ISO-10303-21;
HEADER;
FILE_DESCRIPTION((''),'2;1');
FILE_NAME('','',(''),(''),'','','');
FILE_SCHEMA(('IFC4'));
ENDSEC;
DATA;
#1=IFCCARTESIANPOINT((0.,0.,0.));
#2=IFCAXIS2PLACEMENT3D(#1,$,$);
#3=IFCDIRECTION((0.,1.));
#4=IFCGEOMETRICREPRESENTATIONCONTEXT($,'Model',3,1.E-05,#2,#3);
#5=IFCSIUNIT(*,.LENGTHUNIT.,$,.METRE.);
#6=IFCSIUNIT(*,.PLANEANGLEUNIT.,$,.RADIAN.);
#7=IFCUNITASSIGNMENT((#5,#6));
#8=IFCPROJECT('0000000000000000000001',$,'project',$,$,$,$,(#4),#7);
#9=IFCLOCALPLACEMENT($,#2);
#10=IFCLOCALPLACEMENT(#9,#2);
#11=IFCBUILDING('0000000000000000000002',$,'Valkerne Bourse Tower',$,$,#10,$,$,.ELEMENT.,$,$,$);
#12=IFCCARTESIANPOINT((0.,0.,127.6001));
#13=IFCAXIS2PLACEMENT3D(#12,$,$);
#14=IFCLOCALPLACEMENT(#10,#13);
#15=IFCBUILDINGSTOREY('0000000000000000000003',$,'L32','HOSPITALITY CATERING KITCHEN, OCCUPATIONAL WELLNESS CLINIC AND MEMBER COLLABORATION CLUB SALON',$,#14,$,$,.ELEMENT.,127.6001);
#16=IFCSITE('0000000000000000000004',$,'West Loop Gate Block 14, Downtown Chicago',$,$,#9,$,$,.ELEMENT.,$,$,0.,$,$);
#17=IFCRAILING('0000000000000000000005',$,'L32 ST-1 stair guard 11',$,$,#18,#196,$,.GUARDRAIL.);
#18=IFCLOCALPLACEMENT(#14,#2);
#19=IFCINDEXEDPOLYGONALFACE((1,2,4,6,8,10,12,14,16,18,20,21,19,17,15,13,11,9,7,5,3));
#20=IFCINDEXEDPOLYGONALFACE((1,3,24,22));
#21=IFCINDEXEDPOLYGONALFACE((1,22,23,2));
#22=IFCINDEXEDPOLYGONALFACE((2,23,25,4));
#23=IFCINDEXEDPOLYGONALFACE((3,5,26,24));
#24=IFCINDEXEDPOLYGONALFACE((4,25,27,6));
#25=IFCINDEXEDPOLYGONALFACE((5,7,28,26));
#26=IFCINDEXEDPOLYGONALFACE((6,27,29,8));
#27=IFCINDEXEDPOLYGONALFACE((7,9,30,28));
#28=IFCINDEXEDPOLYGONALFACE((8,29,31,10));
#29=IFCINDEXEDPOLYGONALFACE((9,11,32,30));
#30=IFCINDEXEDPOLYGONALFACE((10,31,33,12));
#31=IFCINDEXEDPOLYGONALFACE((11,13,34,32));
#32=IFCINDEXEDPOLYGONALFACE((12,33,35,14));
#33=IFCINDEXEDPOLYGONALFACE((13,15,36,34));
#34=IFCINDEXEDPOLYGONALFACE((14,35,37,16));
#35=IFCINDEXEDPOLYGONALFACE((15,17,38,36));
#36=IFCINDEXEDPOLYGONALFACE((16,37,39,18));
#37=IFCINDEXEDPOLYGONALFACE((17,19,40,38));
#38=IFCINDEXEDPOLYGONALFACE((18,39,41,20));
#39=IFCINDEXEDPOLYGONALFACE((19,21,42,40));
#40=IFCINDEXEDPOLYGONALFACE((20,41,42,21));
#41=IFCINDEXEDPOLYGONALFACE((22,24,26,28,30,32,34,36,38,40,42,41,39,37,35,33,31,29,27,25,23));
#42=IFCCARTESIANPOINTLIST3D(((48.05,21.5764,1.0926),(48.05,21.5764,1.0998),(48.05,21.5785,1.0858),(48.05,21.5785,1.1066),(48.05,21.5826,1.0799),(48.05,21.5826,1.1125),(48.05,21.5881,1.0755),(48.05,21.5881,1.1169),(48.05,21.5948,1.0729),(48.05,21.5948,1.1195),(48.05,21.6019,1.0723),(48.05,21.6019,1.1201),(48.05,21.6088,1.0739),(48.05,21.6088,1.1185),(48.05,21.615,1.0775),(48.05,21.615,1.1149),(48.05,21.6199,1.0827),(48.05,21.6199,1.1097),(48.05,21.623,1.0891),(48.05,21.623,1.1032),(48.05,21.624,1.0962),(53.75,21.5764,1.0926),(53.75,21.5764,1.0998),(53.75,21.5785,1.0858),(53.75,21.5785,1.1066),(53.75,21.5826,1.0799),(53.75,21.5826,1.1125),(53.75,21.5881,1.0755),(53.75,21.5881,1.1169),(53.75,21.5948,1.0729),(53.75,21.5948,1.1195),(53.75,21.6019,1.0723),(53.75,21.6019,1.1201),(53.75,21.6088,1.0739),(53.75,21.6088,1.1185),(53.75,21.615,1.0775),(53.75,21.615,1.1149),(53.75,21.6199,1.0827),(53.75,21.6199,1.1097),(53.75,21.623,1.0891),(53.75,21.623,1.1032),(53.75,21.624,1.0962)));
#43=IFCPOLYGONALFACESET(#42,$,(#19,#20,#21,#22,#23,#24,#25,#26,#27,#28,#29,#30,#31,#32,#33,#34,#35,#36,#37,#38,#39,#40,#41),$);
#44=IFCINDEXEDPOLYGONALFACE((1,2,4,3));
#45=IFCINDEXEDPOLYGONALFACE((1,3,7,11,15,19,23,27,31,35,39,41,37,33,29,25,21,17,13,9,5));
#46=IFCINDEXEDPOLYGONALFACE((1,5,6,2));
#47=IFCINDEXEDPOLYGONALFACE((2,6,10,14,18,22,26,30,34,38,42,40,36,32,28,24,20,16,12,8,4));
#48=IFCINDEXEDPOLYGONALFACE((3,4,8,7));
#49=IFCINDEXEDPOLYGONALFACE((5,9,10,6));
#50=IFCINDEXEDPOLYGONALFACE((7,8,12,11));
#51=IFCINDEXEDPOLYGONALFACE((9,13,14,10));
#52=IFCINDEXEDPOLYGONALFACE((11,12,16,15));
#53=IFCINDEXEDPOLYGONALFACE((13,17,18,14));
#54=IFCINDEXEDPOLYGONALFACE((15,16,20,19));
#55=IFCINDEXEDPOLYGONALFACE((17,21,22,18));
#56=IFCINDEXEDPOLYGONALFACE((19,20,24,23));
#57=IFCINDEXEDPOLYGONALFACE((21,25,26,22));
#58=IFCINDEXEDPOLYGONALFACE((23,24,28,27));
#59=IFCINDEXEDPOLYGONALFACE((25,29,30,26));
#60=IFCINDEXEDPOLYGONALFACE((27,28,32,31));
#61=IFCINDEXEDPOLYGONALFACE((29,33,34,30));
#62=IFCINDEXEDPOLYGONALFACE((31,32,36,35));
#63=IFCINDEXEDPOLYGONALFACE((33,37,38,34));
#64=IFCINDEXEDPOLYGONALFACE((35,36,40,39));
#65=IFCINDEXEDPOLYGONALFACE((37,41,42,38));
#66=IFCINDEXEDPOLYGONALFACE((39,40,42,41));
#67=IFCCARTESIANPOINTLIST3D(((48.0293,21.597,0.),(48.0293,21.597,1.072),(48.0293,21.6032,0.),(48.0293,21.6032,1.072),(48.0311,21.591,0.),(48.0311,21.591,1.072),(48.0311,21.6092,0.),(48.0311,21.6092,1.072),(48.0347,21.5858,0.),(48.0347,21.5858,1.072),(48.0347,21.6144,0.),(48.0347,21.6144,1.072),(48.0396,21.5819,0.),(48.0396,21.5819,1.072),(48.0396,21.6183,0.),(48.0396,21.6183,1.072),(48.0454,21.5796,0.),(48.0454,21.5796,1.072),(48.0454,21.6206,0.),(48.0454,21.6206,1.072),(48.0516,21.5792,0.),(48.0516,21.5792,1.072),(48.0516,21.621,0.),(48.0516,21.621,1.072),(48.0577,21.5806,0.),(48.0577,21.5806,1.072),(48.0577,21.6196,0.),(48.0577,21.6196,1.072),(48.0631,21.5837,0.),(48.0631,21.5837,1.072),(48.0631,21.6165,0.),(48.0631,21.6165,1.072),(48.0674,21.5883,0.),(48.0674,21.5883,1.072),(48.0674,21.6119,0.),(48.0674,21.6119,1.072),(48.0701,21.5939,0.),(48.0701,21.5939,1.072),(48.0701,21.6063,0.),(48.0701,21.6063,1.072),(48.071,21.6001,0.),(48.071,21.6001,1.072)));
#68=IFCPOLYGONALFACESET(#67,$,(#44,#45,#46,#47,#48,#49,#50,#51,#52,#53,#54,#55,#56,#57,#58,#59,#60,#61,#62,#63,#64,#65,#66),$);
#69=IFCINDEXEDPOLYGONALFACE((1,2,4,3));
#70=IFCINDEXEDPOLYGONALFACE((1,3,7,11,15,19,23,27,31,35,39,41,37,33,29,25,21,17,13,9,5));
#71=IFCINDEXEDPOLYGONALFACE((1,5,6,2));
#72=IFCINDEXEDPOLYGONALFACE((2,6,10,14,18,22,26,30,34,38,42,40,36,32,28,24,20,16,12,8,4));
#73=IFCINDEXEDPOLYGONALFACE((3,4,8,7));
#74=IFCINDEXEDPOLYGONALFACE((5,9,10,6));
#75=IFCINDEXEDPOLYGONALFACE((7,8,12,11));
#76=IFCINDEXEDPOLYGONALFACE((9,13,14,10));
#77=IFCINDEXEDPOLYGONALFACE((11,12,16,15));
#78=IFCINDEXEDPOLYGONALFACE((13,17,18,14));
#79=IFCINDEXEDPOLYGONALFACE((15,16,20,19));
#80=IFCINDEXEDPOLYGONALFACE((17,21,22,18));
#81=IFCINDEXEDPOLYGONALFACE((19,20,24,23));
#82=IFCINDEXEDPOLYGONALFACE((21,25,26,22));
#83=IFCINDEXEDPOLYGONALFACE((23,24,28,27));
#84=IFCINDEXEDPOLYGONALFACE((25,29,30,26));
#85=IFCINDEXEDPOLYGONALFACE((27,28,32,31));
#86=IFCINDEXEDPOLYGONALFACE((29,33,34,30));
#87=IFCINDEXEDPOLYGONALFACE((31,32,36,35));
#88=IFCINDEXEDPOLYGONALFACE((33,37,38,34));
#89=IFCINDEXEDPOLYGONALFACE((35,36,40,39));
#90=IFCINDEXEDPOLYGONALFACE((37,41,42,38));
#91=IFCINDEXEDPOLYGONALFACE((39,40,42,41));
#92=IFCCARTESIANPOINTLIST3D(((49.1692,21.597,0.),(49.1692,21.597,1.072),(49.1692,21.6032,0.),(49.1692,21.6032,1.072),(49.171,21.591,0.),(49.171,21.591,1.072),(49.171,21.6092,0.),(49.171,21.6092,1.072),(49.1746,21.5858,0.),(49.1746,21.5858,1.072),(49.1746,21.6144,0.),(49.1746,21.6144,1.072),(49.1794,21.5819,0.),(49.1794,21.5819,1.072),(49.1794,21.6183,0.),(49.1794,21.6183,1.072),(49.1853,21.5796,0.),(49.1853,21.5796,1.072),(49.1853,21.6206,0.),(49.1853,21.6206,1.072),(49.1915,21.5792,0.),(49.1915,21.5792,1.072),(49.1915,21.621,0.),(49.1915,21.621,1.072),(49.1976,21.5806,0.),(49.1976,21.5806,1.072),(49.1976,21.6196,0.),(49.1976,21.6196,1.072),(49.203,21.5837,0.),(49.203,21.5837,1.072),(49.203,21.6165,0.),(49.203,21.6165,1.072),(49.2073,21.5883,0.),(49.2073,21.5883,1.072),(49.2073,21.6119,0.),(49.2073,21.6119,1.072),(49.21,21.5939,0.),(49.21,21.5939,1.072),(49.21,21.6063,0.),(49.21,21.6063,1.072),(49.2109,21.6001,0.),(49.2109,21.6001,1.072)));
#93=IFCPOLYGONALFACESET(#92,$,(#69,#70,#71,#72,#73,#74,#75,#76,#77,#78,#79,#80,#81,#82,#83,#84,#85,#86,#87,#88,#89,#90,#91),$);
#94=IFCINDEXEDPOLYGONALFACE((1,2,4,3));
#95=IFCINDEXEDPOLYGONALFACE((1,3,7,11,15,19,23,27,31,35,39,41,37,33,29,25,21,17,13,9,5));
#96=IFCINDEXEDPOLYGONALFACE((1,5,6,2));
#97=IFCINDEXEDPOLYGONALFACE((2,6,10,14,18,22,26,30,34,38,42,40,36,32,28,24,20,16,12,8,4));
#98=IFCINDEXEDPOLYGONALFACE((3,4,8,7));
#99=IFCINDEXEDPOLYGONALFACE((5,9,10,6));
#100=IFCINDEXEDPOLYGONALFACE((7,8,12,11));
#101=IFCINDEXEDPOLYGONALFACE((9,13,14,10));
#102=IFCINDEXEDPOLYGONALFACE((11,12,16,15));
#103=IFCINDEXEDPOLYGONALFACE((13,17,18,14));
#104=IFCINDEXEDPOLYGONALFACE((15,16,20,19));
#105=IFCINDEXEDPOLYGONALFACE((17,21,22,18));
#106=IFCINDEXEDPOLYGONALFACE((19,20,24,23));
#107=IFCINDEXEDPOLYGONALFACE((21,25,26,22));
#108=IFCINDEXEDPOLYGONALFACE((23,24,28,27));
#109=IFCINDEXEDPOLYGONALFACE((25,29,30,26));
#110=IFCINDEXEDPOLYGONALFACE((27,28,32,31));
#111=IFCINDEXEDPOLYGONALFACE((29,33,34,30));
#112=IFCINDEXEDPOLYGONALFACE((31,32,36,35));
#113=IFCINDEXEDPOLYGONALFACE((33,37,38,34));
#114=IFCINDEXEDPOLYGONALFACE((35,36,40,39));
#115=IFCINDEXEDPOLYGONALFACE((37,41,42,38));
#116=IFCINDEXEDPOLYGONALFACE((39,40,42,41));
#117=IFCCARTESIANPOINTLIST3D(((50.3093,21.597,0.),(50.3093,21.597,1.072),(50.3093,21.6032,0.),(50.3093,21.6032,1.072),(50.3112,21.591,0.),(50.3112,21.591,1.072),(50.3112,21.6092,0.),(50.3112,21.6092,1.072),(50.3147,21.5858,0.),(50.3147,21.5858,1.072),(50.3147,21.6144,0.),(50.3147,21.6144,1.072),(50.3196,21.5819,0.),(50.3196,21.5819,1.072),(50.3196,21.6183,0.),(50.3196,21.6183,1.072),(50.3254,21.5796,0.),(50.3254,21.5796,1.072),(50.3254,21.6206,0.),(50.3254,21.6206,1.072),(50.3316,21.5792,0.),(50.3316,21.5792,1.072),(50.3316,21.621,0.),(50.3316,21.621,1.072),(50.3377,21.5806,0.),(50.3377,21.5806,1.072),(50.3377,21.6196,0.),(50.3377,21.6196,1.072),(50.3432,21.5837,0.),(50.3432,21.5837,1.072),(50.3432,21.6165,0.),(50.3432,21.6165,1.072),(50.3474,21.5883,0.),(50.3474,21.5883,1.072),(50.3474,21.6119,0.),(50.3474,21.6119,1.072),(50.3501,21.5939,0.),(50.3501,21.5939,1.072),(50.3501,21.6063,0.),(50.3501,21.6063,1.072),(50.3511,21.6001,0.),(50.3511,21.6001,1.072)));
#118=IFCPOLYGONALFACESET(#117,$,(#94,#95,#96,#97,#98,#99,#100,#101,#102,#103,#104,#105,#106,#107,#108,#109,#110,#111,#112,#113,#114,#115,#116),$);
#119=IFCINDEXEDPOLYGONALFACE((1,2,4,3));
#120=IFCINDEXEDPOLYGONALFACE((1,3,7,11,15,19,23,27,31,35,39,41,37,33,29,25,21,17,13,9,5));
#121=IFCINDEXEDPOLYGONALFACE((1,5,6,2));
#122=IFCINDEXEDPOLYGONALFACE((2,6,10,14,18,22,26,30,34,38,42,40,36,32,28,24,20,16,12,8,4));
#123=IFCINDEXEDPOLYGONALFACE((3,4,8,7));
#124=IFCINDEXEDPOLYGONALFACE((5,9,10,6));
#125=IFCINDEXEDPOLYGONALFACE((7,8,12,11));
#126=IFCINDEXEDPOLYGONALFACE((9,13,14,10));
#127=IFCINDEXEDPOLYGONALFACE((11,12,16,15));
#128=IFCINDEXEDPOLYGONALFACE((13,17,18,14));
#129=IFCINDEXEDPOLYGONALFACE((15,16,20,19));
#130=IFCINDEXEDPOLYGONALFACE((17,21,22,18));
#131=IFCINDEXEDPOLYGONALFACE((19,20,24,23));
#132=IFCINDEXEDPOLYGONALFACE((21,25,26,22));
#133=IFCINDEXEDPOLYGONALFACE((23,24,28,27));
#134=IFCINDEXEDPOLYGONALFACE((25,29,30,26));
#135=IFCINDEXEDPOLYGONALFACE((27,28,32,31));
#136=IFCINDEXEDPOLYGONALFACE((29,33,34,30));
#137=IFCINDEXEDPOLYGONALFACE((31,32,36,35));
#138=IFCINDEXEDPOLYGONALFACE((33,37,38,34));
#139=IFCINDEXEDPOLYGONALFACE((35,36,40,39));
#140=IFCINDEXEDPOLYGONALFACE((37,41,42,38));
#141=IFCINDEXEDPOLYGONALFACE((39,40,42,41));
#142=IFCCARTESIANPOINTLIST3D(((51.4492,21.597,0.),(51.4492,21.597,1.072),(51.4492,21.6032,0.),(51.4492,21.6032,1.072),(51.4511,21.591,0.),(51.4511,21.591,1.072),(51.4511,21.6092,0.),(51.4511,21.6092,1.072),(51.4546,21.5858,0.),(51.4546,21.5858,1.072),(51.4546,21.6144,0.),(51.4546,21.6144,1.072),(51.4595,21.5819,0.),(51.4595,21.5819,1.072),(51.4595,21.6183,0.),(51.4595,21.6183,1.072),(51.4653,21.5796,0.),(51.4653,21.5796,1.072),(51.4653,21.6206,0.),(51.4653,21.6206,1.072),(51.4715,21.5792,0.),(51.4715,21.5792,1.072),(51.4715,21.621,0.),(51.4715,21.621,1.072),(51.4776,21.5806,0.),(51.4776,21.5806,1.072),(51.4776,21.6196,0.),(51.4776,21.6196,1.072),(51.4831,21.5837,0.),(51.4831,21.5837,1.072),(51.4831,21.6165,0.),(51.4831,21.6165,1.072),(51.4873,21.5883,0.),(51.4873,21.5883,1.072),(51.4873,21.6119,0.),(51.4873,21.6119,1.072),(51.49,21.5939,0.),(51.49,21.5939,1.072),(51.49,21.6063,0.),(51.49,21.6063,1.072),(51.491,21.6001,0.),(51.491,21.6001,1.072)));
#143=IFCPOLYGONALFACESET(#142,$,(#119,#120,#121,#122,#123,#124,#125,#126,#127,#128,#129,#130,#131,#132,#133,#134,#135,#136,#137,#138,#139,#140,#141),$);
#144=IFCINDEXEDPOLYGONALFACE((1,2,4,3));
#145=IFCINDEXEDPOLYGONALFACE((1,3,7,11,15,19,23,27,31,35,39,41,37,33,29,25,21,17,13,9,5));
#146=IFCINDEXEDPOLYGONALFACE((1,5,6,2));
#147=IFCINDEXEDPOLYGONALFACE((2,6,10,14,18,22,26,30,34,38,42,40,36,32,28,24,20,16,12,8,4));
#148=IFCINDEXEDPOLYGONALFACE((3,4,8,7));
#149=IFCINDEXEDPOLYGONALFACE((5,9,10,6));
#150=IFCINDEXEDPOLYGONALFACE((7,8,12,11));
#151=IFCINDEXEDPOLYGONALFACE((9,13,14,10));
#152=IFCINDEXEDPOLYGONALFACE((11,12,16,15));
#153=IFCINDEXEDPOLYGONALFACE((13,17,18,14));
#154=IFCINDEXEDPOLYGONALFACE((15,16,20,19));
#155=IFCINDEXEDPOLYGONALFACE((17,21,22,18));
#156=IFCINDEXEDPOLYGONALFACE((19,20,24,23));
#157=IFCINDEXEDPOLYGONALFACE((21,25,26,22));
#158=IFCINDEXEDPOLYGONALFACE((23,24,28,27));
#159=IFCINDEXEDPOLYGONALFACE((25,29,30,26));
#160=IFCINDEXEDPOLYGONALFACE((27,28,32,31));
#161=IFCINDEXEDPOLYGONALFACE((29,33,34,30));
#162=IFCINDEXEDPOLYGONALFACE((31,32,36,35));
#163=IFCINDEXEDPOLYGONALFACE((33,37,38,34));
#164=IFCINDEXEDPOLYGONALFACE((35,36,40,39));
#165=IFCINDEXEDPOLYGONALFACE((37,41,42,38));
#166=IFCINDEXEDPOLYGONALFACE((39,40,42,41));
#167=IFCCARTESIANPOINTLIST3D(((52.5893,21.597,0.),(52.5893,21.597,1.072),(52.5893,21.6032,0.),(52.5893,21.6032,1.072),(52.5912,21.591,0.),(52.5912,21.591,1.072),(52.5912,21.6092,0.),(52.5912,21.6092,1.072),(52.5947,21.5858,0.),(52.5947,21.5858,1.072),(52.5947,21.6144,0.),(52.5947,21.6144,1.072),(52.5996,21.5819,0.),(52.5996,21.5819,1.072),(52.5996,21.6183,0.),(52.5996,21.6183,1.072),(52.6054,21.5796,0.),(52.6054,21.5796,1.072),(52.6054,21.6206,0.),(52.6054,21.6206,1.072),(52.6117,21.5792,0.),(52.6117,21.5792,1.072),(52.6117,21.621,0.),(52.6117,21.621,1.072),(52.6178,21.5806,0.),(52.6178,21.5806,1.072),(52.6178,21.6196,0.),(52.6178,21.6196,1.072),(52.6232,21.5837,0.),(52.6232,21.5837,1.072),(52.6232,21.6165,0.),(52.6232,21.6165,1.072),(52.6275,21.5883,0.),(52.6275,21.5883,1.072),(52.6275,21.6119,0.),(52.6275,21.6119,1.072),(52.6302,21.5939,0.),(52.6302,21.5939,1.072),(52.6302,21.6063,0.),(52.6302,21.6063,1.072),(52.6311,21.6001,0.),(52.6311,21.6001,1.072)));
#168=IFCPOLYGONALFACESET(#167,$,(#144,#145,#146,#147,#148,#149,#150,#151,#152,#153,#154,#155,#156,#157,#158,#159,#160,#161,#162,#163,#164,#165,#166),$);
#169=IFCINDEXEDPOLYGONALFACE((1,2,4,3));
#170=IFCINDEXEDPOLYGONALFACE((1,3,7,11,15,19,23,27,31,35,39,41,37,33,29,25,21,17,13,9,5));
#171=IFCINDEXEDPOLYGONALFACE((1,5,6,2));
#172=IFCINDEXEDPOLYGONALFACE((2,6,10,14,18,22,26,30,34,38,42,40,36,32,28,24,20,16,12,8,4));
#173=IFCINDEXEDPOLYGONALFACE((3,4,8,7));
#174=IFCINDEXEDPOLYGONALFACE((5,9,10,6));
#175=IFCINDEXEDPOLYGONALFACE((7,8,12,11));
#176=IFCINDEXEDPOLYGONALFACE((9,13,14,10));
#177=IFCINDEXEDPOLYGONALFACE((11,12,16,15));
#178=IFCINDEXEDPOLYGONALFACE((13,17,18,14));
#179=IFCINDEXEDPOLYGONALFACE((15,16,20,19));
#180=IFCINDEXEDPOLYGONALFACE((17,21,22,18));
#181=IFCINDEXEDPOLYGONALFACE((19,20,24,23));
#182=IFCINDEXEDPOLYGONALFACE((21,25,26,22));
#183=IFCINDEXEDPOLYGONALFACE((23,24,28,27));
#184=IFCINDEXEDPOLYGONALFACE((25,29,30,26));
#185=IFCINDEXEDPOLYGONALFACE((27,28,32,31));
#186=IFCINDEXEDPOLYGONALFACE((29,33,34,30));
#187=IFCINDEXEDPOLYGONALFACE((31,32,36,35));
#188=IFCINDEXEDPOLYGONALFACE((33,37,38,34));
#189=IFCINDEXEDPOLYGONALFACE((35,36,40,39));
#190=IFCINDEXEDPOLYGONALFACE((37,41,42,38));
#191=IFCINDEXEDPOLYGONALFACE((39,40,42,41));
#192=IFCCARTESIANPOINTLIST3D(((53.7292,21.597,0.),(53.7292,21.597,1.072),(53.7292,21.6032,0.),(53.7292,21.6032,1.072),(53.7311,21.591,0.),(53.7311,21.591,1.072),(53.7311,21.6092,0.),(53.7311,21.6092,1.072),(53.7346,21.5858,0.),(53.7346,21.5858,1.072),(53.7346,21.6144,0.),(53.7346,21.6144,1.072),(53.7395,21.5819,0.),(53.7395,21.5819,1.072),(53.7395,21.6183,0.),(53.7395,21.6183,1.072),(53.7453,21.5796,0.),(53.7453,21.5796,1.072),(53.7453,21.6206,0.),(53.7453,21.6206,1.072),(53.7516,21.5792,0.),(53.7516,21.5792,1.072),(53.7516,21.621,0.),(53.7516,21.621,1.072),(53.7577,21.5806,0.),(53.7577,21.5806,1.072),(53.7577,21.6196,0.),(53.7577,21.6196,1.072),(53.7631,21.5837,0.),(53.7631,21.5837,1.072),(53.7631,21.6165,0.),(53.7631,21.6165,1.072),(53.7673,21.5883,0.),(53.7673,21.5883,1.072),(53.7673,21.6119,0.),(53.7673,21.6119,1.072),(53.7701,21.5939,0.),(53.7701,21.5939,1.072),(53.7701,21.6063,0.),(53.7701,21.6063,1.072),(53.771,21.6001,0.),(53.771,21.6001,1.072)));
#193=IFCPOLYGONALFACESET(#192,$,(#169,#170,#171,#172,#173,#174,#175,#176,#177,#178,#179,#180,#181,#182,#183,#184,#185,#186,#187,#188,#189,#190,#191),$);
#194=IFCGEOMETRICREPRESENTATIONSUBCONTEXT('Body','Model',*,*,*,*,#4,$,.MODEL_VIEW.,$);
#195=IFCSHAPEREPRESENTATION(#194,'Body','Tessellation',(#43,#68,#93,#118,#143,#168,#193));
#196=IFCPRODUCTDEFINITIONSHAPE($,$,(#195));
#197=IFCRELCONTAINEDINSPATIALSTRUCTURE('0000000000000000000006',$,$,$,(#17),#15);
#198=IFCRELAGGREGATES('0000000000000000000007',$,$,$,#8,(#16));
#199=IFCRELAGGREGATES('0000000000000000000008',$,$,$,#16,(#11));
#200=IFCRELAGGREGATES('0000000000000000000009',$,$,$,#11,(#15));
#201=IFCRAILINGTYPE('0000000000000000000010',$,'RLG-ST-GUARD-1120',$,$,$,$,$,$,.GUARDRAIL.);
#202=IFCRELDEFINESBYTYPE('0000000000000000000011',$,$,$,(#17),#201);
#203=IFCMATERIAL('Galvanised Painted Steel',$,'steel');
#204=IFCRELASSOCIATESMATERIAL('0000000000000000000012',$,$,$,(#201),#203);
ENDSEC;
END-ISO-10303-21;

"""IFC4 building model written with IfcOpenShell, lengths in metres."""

from ifc_helpers import new_model, si_unit, direction, frame, origin, origin_2d, place, context, subcontext, project, spatial, circle, extrude, material, type_object, element, save


model = new_model("IFC4")

# Units and contexts
model_context = context("Model", 3, precision=1e-05, world=origin(), true_north=direction((0.0, 1.0)))
body_context = subcontext(model_context, "Body", "Model", "MODEL_VIEW")
ifc_project = project(units=[si_unit("LENGTHUNIT", "METRE"), si_unit("PLANEANGLEUNIT", "RADIAN")], contexts=[model_context])

# Site, building, storey
site_placement = place(None, origin())
site = spatial("IfcSite", under=ifc_project, at=site_placement, Name="West Loop Gate Block 14, Downtown Chicago", CompositionType="ELEMENT", RefElevation=0.0)
building_placement = place(site_placement, origin())
building = spatial("IfcBuilding", under=site, at=building_placement, Name="Valkerne Bourse Tower", CompositionType="ELEMENT")
storey_placement = place(building_placement, frame((0.0, 0.0, 127.6001)))
storey = spatial("IfcBuildingStorey", under=building, at=storey_placement, Name="L32", Description="HOSPITALITY CATERING KITCHEN, OCCUPATIONAL WELLNESS CLINIC AND MEMBER COLLABORATION CLUB SALON", CompositionType="ELEMENT", Elevation=127.6001)

# Shared definitions
ifc_material_1 = material(Name="Galvanised Painted Steel", Category="steel")

# Railing
railing_type = type_object("IfcRailingType", Name="RLG-ST-GUARD-1120", PredefinedType="GUARDRAIL", material=ifc_material_1)
for number, where, name in (
    (1, (48.05, 21.6001, 0.0), "L32 ST-1 stair guard 11"),
):
    element("IfcRailing", number, at=place(storey_placement, frame(where)), inside=storey, type_object=railing_type, Name=name, PredefinedType="GUARDRAIL", context=body_context, shape_type="SweptSolid", body=[
        extrude(circle(Radius=0.0239, at=origin_2d()), frame((0.0, 0.0, 1.0962), z_axis=(1.0, 0.0, 0.0), x_axis=(0.0, 1.0, 0.0)), (0.0, 0.0, 1.0), 5.7),
        extrude(circle(Radius=0.021, at=origin_2d()), origin(), (0.0, 0.0, 1.0), 1.072),
        extrude(circle(Radius=0.021, at=origin_2d()), frame((1.1399, 0.0, 0.0)), (0.0, 0.0, 1.0), 1.072),
        extrude(circle(Radius=0.021, at=origin_2d()), frame((2.28, 0.0, 0.0)), (0.0, 0.0, 1.0), 1.072),
        extrude(circle(Radius=0.021, at=origin_2d()), frame((3.4199, 0.0, 0.0)), (0.0, 0.0, 1.0), 1.072),
        extrude(circle(Radius=0.021, at=origin_2d()), frame((4.5601, 0.0, 0.0)), (0.0, 0.0, 1.0), 1.072),
        extrude(circle(Radius=0.021, at=origin_2d()), frame((5.7, 0.0, 0.0)), (0.0, 0.0, 1.0), 1.072),
    ])

save(model, "model.ifc")
